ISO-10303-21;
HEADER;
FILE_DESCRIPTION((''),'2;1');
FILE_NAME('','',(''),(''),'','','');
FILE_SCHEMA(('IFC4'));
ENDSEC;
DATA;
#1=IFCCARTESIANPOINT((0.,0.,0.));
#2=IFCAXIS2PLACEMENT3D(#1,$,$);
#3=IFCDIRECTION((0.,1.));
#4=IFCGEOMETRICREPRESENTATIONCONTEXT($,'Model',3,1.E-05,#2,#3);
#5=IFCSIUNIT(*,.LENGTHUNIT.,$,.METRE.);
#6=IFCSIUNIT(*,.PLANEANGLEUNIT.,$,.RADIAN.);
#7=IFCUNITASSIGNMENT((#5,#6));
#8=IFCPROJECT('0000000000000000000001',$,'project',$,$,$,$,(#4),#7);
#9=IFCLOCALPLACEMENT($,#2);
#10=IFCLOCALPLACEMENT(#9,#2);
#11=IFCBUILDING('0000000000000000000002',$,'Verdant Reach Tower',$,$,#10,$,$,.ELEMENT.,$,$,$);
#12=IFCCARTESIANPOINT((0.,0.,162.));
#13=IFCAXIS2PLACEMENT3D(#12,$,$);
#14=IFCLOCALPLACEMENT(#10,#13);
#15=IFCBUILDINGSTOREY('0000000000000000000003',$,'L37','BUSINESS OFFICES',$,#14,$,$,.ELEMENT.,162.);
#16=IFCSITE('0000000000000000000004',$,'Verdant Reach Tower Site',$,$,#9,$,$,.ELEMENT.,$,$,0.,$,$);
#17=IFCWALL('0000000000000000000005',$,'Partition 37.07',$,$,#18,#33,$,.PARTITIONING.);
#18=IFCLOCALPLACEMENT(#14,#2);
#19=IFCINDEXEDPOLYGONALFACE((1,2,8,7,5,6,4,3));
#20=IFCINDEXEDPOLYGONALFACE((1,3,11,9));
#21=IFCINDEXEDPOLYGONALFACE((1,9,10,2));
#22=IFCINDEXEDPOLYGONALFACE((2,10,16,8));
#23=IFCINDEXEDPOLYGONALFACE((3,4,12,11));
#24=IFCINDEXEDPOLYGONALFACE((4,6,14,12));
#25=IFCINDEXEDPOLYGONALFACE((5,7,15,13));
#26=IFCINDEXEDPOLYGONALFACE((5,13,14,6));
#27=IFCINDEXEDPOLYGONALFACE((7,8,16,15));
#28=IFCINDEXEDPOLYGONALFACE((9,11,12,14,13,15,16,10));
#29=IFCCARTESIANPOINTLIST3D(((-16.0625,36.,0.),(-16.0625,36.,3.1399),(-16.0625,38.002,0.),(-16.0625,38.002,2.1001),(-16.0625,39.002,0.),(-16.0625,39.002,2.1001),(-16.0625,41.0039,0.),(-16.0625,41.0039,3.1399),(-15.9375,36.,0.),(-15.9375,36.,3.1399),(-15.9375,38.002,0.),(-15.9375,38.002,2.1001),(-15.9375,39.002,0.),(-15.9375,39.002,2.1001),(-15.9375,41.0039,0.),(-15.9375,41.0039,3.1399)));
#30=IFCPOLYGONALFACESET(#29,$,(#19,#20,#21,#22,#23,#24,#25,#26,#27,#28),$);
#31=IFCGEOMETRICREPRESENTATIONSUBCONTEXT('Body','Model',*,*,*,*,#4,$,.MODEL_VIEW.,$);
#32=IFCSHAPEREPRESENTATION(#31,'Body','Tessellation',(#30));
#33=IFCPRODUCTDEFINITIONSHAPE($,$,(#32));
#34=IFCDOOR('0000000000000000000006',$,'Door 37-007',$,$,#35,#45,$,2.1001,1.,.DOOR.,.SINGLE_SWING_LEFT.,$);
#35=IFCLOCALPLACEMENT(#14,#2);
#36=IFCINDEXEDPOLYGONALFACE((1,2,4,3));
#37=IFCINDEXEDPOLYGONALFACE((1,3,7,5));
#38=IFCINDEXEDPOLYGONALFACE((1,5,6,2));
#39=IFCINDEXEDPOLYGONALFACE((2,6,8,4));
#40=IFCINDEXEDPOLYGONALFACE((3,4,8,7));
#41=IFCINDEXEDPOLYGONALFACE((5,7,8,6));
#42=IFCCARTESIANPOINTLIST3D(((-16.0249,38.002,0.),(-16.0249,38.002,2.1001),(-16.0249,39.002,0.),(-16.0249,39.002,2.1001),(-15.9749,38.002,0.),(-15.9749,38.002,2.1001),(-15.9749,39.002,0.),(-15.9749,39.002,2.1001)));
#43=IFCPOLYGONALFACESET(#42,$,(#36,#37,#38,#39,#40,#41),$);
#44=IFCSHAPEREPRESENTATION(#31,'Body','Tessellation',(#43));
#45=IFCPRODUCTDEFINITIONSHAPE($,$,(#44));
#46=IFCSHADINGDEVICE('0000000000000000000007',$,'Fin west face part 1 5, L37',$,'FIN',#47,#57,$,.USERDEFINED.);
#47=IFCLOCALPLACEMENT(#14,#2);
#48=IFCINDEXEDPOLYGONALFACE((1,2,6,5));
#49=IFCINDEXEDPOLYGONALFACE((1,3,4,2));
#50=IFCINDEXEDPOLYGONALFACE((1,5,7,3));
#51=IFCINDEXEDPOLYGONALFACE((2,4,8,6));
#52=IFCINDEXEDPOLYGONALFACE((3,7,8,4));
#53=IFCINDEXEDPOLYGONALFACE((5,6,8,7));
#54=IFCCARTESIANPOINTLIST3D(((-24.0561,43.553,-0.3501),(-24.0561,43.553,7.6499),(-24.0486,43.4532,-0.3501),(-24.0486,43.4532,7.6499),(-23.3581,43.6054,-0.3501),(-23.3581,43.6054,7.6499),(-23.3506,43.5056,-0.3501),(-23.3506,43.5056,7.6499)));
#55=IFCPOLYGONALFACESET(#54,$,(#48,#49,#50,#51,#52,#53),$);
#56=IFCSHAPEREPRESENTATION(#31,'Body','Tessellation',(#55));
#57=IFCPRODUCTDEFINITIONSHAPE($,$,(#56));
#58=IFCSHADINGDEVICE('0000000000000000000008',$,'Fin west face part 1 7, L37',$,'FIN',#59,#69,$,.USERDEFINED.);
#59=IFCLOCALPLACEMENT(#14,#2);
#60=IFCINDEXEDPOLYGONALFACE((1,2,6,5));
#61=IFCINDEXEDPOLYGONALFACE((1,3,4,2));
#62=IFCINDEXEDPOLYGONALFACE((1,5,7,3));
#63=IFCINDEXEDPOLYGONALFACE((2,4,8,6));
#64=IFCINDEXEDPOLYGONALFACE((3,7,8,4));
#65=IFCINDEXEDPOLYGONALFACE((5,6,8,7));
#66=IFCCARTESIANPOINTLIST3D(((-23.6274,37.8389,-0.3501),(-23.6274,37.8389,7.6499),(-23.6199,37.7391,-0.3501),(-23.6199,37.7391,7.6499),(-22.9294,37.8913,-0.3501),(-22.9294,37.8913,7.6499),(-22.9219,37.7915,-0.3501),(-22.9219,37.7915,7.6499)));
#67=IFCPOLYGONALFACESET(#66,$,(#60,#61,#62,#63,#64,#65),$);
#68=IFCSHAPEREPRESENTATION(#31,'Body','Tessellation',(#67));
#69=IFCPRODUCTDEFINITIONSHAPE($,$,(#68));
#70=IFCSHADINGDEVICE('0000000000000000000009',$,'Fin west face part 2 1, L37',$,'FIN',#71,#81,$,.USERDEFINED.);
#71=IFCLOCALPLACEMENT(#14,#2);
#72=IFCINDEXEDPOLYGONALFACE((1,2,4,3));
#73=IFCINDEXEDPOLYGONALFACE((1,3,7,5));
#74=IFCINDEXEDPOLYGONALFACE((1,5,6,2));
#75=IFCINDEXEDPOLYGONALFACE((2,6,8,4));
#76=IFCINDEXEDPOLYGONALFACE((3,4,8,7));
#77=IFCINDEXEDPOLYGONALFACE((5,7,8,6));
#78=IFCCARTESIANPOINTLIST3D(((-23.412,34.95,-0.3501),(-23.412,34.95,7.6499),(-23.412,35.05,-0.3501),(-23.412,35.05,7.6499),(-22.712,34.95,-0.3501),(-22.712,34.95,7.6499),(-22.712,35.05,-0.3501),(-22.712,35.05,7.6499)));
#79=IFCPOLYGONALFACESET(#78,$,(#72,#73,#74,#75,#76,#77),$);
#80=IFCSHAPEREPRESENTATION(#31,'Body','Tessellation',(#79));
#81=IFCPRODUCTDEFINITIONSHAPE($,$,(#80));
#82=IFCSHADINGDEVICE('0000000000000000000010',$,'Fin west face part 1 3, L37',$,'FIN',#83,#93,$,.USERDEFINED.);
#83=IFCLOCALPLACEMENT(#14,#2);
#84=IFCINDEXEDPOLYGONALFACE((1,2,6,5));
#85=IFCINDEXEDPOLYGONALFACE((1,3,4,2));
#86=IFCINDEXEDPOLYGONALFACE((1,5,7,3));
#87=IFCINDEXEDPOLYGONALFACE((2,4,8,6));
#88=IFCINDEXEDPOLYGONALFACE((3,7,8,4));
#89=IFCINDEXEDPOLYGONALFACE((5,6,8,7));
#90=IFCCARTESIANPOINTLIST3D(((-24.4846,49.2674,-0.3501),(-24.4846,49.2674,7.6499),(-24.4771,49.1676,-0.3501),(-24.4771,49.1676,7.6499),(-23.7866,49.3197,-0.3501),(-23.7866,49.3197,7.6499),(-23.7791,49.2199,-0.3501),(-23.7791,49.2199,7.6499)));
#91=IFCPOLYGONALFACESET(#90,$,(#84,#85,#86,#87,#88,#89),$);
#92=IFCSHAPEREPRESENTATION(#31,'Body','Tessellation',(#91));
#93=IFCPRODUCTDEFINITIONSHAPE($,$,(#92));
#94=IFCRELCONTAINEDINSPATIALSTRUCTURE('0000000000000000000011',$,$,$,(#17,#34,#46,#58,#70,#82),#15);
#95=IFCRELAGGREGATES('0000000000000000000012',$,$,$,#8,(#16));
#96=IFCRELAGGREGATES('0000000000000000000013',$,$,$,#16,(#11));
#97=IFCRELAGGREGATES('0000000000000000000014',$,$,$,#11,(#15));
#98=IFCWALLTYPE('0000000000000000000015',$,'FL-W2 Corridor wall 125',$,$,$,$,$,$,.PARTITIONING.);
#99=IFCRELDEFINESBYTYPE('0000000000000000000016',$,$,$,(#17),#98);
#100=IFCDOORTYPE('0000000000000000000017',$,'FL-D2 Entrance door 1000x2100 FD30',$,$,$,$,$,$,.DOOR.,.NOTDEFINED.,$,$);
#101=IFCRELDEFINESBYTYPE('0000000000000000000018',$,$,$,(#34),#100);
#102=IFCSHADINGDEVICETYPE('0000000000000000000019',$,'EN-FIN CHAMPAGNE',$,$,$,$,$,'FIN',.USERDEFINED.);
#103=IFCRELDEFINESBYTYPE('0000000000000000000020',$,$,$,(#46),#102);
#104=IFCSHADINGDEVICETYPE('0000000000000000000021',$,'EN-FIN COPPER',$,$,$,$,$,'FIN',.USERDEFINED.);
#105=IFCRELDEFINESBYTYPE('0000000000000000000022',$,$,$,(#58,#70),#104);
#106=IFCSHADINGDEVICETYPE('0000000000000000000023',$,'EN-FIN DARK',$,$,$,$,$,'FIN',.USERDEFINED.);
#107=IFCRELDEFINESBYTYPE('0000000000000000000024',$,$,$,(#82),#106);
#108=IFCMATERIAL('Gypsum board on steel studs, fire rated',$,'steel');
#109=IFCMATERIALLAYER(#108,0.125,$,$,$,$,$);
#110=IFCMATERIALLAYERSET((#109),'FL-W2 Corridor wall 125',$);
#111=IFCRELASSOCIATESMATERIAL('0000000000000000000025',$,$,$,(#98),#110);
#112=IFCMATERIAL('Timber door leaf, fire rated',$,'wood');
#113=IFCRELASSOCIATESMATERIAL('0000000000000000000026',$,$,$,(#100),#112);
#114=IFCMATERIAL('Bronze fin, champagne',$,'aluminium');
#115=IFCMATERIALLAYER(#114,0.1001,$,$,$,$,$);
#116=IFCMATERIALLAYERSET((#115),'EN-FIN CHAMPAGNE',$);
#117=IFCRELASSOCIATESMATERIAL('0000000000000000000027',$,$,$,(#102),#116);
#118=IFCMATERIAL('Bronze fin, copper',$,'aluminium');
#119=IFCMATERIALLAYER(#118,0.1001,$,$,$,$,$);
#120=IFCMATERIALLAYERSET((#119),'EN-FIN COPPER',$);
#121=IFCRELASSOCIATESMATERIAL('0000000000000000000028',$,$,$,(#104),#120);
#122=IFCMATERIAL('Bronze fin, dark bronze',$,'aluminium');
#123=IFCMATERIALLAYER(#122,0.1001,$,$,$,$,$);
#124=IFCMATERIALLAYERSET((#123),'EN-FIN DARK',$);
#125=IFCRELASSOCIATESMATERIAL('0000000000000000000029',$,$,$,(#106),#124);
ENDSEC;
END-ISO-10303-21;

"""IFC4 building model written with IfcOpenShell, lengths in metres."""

from ifc_helpers import new_model, si_unit, direction, frame, frame_2d, origin, origin_2d, place, context, subcontext, project, spatial, rectangle, extrude, material, layer, layer_set, type_object, element, fill, save


model = new_model("IFC4")

# Units and contexts
model_context = context("Model", 3, precision=1e-05, world=origin(), true_north=direction((0.0, 1.0)))
body_context = subcontext(model_context, "Body", "Model", "MODEL_VIEW")
ifc_project = project(units=[si_unit("LENGTHUNIT", "METRE"), si_unit("PLANEANGLEUNIT", "RADIAN")], contexts=[model_context])

# Site, building, storey
site_placement = place(None, origin())
site = spatial("IfcSite", under=ifc_project, at=site_placement, Name="Verdant Reach Tower Site", CompositionType="ELEMENT", RefElevation=0.0)
building_placement = place(site_placement, origin())
building = spatial("IfcBuilding", under=site, at=building_placement, Name="Verdant Reach Tower", CompositionType="ELEMENT")
storey_placement = place(building_placement, frame((0.0, 0.0, 162.0)))
storey = spatial("IfcBuildingStorey", under=building, at=storey_placement, Name="L37", Description="BUSINESS OFFICES", CompositionType="ELEMENT", Elevation=162.0)

# Wall, opening, door
ifc_material_1 = material(Name="Gypsum board on steel studs, fire rated", Category="steel")
ifc_layer_1 = layer(ifc_material_1, 0.125)
ifc_layer_set_1 = layer_set([ifc_layer_1], Name="FL-W2 Corridor wall 125")
wall_type_1 = type_object("IfcWallType", Name="FL-W2 Corridor wall 125", PredefinedType="PARTITIONING", material=ifc_layer_set_1)
wall_1_placement = place(storey_placement, frame((-16.0, 36.0, 0.0), z_axis=(0.0, 0.0, 1.0), x_axis=(0.0, 1.0, 0.0)))
wall_1 = element("IfcWall", 1, at=wall_1_placement, inside=storey, type_object=wall_type_1, Name="Partition 37.07", PredefinedType="PARTITIONING", context=body_context, shape_type="SweptSolid", body=[
    extrude(rectangle(XDim=5.0039, YDim=0.125, at=frame_2d((2.502, 0.0))), origin(), (0.0, 0.0, 1.0), 3.1399),
])
opening_placement = place(wall_1_placement, frame((2.002, 0.0, 0.0)))
opening = element("IfcOpeningElement", 2, at=opening_placement, cuts=wall_1, PredefinedType="OPENING", context=body_context, shape_type="SweptSolid", body=[
    extrude(rectangle(XDim=1.0, YDim=2.1001, at=frame_2d((0.5, 1.05))), frame((0.0, 0.0725, 0.0), z_axis=(0.0, -1.0, 0.0), x_axis=(1.0, 0.0, 0.0)), (0.0, 0.0, 1.0), 0.145),
])
ifc_material_2 = material(Name="Timber door leaf, fire rated", Category="wood")
door_type = type_object("IfcDoorType", Name="FL-D2 Entrance door 1000x2100 FD30", OperationType="NOTDEFINED", PredefinedType="DOOR", material=ifc_material_2)
door_placement = place(opening_placement, origin())
door = element("IfcDoor", 3, at=door_placement, inside=storey, type_object=door_type, Name="Door 37-007", OperationType="SINGLE_SWING_LEFT", OverallHeight=2.1001, OverallWidth=1.0, PredefinedType="DOOR", context=body_context, shape_type="SweptSolid", body=[
    extrude(rectangle(XDim=1.0, YDim=2.1001, at=frame_2d((0.5, 1.05))), frame((0.0, 0.0249, 0.0), z_axis=(0.0, -1.0, 0.0), x_axis=(1.0, 0.0, 0.0)), (0.0, 0.0, 1.0), 0.05),
])
fill(opening, door)

# Shading devices
ifc_material_3 = material(Name="Bronze fin, champagne", Category="aluminium")
ifc_layer_2 = layer(ifc_material_3, 0.1001)
ifc_layer_set_2 = layer_set([ifc_layer_2], Name="EN-FIN CHAMPAGNE")
shading_device_type_1 = type_object("IfcShadingDeviceType", Name="EN-FIN CHAMPAGNE", ElementType="FIN", PredefinedType="USERDEFINED", material=ifc_layer_set_2)
shading_device_1_placement = place(storey_placement, frame((-23.7034, 43.5293, -0.3501), z_axis=(0.0, 0.0, 1.0), x_axis=(0.07479, -0.997199, 0.0)))
element("IfcShadingDevice", 4, at=shading_device_1_placement, inside=storey, type_object=shading_device_type_1, Name="Fin west face part 1 5, L37", ObjectType="FIN", PredefinedType="USERDEFINED", context=body_context, shape_type="SweptSolid", body=[
    extrude(rectangle(XDim=0.1001, YDim=0.7, at=origin_2d()), origin(), (0.0, 0.0, 1.0), 8.0),
])
ifc_material_4 = material(Name="Bronze fin, copper", Category="aluminium")
ifc_layer_3 = layer(ifc_material_4, 0.1001)
ifc_layer_set_3 = layer_set([ifc_layer_3], Name="EN-FIN COPPER")
shading_device_type_2 = type_object("IfcShadingDeviceType", Name="EN-FIN COPPER", ElementType="FIN", PredefinedType="USERDEFINED", material=ifc_layer_set_3)
for number, where, z_axis, x_axis, name in (
    (5, (-23.2747, 37.8152, -0.3501), (0.0, 0.0, 1.0), (0.07479, -0.997199, 0.0), "Fin west face part 1 7, L37"),
    (6, (-23.062, 35.0, -0.3501), (0.0, 0.0, 1.0), (0.0, -1.0, 0.0), "Fin west face part 2 1, L37"),
):
    element("IfcShadingDevice", number, at=place(storey_placement, frame(where, z_axis=z_axis, x_axis=x_axis)), inside=storey, type_object=shading_device_type_2, Name=name, ObjectType="FIN", PredefinedType="USERDEFINED", context=body_context, shape_type="SweptSolid", body=[
        extrude(rectangle(XDim=0.1001, YDim=0.7, at=origin_2d()), origin(), (0.0, 0.0, 1.0), 8.0),
    ])
ifc_material_5 = material(Name="Bronze fin, dark bronze", Category="aluminium")
ifc_layer_4 = layer(ifc_material_5, 0.1001)
ifc_layer_set_4 = layer_set([ifc_layer_4], Name="EN-FIN DARK")
shading_device_type_3 = type_object("IfcShadingDeviceType", Name="EN-FIN DARK", ElementType="FIN", PredefinedType="USERDEFINED", material=ifc_layer_set_4)
shading_device_2_placement = place(storey_placement, frame((-24.1318, 49.2437, -0.3501), z_axis=(0.0, 0.0, 1.0), x_axis=(0.07479, -0.997199, 0.0)))
element("IfcShadingDevice", 7, at=shading_device_2_placement, inside=storey, type_object=shading_device_type_3, Name="Fin west face part 1 3, L37", ObjectType="FIN", PredefinedType="USERDEFINED", context=body_context, shape_type="SweptSolid", body=[
    extrude(rectangle(XDim=0.1001, YDim=0.7, at=origin_2d()), origin(), (0.0, 0.0, 1.0), 8.0),
])

save(model, "model.ifc")
